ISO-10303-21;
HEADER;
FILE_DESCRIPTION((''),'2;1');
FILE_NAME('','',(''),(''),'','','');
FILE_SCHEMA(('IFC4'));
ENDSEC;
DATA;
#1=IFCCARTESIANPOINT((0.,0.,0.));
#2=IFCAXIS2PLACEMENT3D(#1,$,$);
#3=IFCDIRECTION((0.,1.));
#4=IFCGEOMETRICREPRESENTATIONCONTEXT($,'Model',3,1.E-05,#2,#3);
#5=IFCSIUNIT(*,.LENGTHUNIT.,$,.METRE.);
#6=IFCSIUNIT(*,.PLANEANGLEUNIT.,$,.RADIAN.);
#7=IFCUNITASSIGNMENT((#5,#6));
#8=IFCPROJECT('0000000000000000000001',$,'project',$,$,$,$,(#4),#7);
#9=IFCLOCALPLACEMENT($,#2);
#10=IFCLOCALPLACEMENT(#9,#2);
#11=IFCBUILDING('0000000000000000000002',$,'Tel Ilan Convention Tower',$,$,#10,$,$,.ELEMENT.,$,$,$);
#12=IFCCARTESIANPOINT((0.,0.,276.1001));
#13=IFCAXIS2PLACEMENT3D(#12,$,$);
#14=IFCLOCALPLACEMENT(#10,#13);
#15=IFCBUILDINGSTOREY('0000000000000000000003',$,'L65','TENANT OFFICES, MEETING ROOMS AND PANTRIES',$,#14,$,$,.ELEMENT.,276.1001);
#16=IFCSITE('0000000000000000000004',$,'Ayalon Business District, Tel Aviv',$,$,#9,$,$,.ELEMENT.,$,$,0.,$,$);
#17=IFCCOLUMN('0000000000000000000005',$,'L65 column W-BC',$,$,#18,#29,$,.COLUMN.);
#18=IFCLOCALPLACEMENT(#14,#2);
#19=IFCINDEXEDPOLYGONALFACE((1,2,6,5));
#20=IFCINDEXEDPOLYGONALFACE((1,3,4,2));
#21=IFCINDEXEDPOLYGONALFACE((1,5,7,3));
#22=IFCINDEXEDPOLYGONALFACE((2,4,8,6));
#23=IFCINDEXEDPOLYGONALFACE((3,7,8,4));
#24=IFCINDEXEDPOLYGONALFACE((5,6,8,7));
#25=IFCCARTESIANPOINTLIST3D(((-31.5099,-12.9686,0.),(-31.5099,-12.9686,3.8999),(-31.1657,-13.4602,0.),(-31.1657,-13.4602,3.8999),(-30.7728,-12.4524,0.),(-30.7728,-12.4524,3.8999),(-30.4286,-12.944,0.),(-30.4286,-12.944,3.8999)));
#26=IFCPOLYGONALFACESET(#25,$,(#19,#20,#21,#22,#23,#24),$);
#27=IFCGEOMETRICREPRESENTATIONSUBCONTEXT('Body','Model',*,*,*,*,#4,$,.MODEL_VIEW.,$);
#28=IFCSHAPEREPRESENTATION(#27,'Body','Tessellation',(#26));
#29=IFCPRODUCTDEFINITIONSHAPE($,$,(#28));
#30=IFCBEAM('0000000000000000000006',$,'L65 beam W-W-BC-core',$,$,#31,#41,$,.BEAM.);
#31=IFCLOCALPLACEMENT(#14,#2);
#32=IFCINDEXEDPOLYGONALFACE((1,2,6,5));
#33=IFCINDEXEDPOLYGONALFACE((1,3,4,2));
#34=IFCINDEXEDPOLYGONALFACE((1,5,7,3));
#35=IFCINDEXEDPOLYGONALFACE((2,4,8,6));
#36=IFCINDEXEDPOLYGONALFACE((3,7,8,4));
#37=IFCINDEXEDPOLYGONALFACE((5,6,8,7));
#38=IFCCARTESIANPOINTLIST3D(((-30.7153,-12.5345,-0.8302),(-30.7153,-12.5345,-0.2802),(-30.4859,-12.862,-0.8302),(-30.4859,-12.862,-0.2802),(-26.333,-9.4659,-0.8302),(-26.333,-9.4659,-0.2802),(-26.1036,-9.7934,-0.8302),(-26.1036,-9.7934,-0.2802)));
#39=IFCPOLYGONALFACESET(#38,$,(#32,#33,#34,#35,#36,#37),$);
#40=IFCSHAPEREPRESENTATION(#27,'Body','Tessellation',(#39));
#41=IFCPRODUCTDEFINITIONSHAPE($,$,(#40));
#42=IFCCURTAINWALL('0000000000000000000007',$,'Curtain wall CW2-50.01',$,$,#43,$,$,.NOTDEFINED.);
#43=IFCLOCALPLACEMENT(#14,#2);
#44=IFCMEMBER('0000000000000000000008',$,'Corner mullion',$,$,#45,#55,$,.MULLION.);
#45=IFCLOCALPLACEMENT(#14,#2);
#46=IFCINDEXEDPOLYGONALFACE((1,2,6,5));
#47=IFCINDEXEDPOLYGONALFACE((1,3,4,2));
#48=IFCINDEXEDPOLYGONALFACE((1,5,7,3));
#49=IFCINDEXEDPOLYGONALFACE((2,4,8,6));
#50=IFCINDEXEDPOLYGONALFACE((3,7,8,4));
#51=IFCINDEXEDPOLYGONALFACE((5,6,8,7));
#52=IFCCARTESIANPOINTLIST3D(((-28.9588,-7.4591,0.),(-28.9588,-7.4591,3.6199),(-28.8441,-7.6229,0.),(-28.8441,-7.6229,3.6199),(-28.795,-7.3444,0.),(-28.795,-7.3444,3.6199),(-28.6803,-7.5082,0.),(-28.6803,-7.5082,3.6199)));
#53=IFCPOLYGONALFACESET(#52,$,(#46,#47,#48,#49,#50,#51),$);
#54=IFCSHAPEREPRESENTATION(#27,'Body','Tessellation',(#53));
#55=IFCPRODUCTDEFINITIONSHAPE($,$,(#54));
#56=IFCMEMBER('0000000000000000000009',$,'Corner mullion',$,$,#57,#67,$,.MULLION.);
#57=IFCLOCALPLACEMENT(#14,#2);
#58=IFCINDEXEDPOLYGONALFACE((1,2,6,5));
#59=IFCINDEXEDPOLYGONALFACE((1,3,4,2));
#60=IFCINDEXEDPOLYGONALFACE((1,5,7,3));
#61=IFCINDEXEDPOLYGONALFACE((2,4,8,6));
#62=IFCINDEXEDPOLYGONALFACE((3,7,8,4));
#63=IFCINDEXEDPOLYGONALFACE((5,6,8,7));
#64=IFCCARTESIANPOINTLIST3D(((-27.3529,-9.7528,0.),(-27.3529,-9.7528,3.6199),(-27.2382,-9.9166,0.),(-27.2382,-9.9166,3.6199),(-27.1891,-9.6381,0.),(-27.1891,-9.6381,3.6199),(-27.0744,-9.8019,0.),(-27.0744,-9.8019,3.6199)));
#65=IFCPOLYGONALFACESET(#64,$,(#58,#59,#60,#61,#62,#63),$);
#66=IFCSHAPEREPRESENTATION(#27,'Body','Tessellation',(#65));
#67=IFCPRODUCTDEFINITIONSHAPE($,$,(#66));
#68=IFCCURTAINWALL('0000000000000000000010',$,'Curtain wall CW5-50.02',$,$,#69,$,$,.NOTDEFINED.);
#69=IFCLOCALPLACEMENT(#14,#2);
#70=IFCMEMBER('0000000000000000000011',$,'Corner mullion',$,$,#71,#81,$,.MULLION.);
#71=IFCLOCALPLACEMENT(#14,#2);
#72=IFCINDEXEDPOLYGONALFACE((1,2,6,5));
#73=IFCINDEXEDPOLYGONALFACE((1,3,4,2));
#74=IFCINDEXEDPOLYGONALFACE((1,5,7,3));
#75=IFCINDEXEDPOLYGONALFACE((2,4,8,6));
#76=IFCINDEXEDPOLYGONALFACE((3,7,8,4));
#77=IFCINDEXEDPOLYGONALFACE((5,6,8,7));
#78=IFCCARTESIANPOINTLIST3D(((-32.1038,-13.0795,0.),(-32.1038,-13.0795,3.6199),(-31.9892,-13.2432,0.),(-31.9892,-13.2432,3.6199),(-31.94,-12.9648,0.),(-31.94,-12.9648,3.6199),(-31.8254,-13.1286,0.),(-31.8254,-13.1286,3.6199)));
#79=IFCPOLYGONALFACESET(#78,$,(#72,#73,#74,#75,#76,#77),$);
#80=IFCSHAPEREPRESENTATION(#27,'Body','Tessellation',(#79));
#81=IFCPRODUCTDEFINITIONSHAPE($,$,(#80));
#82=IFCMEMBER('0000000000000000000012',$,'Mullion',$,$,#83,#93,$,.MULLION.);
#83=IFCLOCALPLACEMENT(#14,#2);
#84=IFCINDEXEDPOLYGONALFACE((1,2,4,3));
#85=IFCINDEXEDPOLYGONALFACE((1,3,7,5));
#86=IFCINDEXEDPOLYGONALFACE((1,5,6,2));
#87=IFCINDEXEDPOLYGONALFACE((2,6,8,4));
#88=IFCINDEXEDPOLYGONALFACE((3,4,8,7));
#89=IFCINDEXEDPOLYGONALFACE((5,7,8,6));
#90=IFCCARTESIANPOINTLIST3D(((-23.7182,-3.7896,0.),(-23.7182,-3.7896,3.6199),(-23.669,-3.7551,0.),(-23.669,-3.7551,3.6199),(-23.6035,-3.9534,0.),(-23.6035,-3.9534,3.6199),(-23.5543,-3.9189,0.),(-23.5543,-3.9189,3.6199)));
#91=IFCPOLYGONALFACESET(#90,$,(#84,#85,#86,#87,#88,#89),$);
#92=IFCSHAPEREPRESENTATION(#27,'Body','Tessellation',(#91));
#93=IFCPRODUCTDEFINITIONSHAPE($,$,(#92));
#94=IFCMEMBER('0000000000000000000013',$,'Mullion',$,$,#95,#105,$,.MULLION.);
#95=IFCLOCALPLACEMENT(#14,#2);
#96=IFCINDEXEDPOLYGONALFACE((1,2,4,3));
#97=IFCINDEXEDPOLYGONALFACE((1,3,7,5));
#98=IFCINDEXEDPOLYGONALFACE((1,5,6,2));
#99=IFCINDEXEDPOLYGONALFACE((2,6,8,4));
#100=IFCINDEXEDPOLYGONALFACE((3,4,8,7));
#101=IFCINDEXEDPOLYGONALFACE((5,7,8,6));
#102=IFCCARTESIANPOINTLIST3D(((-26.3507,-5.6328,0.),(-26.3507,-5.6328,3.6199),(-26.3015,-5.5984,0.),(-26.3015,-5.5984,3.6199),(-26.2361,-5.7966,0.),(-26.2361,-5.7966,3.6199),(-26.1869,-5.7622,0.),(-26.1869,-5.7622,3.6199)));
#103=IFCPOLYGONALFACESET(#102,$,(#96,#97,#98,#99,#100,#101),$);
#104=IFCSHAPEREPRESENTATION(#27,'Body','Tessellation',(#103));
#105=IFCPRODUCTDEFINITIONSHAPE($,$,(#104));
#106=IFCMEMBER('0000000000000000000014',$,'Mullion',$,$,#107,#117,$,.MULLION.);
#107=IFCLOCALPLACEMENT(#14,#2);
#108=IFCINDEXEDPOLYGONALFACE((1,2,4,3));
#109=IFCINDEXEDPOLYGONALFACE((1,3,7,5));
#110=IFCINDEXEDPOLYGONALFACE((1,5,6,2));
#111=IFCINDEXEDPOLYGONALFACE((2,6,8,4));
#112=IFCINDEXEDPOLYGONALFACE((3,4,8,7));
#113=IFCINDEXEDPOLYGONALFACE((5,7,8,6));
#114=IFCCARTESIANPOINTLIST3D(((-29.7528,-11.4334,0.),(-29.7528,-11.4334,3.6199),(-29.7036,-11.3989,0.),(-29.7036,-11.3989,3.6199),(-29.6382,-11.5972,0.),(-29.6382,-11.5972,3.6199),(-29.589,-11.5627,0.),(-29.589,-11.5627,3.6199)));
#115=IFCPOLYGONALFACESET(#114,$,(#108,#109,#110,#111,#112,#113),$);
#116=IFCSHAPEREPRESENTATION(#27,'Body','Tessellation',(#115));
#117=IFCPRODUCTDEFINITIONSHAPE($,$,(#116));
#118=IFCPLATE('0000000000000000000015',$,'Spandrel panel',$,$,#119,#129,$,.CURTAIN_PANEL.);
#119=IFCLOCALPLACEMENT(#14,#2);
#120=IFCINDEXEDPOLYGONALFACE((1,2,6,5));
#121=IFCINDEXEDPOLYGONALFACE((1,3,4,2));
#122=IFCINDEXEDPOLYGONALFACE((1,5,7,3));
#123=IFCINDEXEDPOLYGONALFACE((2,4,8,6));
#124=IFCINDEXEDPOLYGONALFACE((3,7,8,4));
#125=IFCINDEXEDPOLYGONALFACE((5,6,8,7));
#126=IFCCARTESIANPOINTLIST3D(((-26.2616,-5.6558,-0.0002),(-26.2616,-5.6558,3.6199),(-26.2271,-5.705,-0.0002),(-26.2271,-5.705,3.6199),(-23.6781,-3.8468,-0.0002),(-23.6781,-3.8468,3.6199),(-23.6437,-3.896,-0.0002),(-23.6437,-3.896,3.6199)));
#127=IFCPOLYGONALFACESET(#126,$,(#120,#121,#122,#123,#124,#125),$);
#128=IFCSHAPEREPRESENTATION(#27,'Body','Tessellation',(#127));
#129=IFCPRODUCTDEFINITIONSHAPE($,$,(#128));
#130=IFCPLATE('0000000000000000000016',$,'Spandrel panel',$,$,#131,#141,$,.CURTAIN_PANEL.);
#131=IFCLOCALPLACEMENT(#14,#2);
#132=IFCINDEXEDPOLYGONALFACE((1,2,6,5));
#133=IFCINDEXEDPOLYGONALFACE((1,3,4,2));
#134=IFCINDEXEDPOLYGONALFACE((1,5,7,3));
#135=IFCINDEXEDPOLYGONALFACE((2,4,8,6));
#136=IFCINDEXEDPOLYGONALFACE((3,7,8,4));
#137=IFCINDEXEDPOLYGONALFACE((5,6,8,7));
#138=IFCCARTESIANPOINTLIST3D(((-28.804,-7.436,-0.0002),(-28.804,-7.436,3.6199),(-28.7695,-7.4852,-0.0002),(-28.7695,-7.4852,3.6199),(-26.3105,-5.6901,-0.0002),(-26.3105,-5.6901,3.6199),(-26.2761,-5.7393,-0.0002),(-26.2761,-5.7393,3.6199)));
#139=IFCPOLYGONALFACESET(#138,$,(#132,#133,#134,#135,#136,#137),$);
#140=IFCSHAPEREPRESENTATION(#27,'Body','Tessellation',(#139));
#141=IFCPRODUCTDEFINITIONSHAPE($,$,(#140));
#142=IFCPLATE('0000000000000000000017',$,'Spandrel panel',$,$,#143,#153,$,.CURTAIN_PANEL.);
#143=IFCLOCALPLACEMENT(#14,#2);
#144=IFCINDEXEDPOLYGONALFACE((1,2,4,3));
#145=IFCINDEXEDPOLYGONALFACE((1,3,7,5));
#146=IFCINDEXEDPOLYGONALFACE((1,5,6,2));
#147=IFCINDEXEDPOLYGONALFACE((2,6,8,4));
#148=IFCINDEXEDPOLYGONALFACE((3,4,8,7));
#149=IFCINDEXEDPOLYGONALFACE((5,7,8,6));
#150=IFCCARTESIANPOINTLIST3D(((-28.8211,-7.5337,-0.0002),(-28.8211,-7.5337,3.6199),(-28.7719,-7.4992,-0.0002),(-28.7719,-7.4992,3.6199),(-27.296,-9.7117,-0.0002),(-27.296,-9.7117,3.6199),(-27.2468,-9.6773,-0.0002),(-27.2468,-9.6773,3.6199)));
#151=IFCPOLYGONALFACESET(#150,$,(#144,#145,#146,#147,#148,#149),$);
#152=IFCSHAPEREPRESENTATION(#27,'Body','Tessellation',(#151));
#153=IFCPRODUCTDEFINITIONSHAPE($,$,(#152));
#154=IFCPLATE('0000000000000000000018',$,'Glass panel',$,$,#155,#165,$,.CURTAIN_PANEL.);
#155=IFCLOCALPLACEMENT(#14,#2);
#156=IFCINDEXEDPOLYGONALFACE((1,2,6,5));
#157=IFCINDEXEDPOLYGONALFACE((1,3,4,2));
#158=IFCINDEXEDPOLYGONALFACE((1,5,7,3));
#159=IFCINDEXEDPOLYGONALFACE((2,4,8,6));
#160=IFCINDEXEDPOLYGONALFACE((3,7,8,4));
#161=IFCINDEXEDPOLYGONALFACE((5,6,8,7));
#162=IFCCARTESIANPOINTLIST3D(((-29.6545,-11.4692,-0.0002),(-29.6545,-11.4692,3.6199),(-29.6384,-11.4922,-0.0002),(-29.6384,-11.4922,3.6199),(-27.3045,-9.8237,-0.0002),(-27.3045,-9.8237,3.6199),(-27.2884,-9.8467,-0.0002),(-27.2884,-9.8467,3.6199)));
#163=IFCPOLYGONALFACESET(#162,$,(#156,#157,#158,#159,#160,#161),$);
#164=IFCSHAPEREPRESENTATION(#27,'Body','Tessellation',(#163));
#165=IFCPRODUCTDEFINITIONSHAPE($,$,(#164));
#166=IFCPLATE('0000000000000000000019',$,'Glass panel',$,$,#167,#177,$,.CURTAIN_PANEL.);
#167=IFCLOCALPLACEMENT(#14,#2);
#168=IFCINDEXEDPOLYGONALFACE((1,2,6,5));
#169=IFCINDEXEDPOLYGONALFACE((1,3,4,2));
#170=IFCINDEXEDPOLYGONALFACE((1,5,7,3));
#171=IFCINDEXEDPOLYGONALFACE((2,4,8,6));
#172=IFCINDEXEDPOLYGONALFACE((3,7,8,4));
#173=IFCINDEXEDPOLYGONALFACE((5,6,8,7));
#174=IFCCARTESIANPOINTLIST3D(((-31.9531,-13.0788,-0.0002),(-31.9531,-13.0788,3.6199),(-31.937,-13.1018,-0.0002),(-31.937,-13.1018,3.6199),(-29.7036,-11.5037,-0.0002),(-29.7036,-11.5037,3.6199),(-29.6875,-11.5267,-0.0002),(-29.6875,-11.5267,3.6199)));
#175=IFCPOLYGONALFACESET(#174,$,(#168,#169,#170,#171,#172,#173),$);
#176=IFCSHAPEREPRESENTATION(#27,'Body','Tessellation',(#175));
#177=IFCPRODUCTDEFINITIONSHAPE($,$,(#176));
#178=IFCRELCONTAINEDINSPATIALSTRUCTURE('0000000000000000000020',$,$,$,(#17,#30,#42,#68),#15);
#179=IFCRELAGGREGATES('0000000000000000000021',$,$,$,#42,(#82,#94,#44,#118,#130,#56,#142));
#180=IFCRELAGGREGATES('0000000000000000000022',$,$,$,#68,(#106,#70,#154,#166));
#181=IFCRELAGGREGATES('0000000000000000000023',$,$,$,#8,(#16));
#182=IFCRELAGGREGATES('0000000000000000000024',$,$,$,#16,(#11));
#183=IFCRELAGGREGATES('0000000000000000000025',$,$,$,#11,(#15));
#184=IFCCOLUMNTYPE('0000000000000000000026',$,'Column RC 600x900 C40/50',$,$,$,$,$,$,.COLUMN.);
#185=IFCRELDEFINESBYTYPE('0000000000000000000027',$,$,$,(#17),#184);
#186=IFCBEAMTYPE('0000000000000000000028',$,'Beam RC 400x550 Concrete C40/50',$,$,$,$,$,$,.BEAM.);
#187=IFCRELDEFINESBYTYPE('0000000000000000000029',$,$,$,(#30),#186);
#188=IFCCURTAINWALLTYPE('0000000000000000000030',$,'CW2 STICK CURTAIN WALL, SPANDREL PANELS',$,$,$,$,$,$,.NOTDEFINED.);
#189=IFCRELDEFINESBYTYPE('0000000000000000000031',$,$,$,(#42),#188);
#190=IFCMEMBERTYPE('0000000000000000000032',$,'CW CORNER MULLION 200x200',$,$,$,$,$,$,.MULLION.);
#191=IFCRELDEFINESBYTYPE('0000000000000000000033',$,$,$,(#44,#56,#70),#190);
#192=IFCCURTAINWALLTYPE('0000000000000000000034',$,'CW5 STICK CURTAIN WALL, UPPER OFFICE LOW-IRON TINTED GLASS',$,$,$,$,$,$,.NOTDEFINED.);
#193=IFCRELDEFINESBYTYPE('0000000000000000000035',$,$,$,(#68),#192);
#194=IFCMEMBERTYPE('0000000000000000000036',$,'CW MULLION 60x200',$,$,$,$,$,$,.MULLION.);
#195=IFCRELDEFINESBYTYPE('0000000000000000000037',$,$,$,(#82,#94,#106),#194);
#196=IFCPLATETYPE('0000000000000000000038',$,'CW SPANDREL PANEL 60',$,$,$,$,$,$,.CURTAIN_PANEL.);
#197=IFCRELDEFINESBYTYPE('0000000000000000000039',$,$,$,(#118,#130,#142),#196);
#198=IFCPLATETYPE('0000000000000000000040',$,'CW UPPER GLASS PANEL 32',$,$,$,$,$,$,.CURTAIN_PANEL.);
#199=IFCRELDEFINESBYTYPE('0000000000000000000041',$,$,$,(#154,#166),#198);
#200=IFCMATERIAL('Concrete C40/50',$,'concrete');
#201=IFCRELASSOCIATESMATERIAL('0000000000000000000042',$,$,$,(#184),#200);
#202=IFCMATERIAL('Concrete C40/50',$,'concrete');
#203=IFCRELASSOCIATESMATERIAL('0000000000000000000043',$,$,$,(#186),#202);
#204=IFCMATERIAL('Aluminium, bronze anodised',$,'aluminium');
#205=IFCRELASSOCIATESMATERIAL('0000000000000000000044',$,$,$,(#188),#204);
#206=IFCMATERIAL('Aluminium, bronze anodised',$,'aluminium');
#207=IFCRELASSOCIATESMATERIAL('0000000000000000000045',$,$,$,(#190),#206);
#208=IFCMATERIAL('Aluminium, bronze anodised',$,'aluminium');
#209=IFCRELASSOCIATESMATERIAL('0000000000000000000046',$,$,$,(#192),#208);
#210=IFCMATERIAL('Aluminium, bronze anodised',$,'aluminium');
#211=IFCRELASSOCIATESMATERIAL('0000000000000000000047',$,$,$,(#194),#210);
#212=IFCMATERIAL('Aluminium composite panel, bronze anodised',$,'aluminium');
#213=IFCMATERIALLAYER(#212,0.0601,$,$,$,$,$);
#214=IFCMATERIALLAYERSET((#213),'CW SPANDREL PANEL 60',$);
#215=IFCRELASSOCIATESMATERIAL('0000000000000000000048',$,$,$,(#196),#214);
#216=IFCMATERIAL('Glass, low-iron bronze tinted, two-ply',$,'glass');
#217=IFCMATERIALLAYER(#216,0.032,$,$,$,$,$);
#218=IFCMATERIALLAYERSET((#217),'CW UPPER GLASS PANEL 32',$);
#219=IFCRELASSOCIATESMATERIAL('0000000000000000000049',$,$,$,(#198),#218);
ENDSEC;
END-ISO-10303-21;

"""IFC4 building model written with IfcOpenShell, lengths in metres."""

from ifc_helpers import new_model, si_unit, direction, frame, origin, origin_2d, place, context, subcontext, project, spatial, rectangle, extrude, material, layer, layer_set, material_profile, profile_set, type_object, element, aggregate, save


model = new_model("IFC4")

# Units and contexts
model_context = context("Model", 3, precision=1e-05, world=origin(), true_north=direction((0.0, 1.0)))
body_context = subcontext(model_context, "Body", "Model", "MODEL_VIEW")
ifc_project = project(units=[si_unit("LENGTHUNIT", "METRE"), si_unit("PLANEANGLEUNIT", "RADIAN")], contexts=[model_context])

# Site, building, storey
site_placement = place(None, origin())
site = spatial("IfcSite", under=ifc_project, at=site_placement, Name="Ayalon Business District, Tel Aviv", CompositionType="ELEMENT", RefElevation=0.0)
building_placement = place(site_placement, origin())
building = spatial("IfcBuilding", under=site, at=building_placement, Name="Tel Ilan Convention Tower", CompositionType="ELEMENT")
storey_placement = place(building_placement, frame((0.0, 0.0, 276.1001)))
storey = spatial("IfcBuildingStorey", under=building, at=storey_placement, Name="L65", Description="TENANT OFFICES, MEETING ROOMS AND PANTRIES", CompositionType="ELEMENT", Elevation=276.1001)

# Column
ifc_material_1 = material(Name="Concrete C40/50", Category="concrete")
ifc_material_profile_1 = material_profile(ifc_material_1, rectangle(XDim=0.8999, YDim=0.6001, at=origin_2d()), Name="RC 600x900")
ifc_profile_set_1 = profile_set([ifc_material_profile_1], Name="Concrete C40/50")
column_type = type_object("IfcColumnType", Name="Column RC 600x900 C40/50", PredefinedType="COLUMN", material=ifc_profile_set_1)
column_placement = place(storey_placement, frame((-30.9692, -12.9563, 0.0), z_axis=(0.0, 0.0, 1.0), x_axis=(-0.819152, -0.573576, 0.0)))
element("IfcColumn", 1, at=column_placement, inside=storey, type_object=column_type, Name="L65 column W-BC", PredefinedType="COLUMN", context=body_context, shape_type="SweptSolid", body=[
    extrude(rectangle(XDim=0.8999, YDim=0.6001, at=origin_2d()), origin(), (0.0, 0.0, 1.0), 3.8999),
])

# Beam
ifc_material_2 = material(Name="Concrete C40/50", Category="concrete")
ifc_material_profile_2 = material_profile(ifc_material_2, rectangle(XDim=0.3999, YDim=0.55, at=origin_2d()), Name="RC 400x550")
ifc_profile_set_2 = profile_set([ifc_material_profile_2], Name="Concrete C40/50")
beam_type = type_object("IfcBeamType", Name="Beam RC 400x550 Concrete C40/50", PredefinedType="BEAM", material=ifc_profile_set_2)
beam_placement = place(storey_placement, frame((-30.6006, -12.6982, -0.5552), z_axis=(0.819146, 0.573585, 0.0), x_axis=(-0.573585, 0.819146, 0.0)))
element("IfcBeam", 2, at=beam_placement, inside=storey, type_object=beam_type, Name="L65 beam W-W-BC-core", PredefinedType="BEAM", context=body_context, shape_type="SweptSolid", body=[
    extrude(rectangle(XDim=0.3999, YDim=0.55, at=origin_2d()), origin(), (0.0, 0.0, 1.0), 5.3499),
])

# Curtain wall, members
ifc_material_3 = material(Name="Aluminium, bronze anodised", Category="aluminium")
curtain_wall_type_1 = type_object("IfcCurtainWallType", Name="CW2 STICK CURTAIN WALL, SPANDREL PANELS", PredefinedType="NOTDEFINED", material=ifc_material_3)
curtain_wall_1_placement = place(storey_placement, origin())
curtain_wall_1 = element("IfcCurtainWall", 3, at=curtain_wall_1_placement, inside=storey, type_object=curtain_wall_type_1, Name="Curtain wall CW2-50.01", PredefinedType="NOTDEFINED")
ifc_material_4 = material(Name="Aluminium, bronze anodised", Category="aluminium")
ifc_material_profile_3 = material_profile(ifc_material_4, rectangle(XDim=0.2, YDim=0.2, at=origin_2d()), Name="CW CORNER MULLION 200x200")
ifc_profile_set_3 = profile_set([ifc_material_profile_3], Name="Aluminium, bronze anodised")
member_type_1 = type_object("IfcMemberType", Name="CW CORNER MULLION 200x200", PredefinedType="MULLION", material=ifc_profile_set_3)
member_1_placement = place(storey_placement, frame((-28.8196, -7.4836, 0.0), z_axis=(0.0, 0.0, 1.0), x_axis=(-0.819152, -0.573576, 0.0)))
member_1 = element("IfcMember", 4, at=member_1_placement, type_object=member_type_1, Name="Corner mullion", PredefinedType="MULLION", context=body_context, shape_type="SweptSolid", body=[
    extrude(rectangle(XDim=0.2, YDim=0.2, at=origin_2d()), origin(), (0.0, 0.0, 1.0), 3.6199),
])
member_2_placement = place(storey_placement, frame((-27.2136, -9.7773, 0.0), z_axis=(0.0, 0.0, 1.0), x_axis=(0.573576, -0.819152, 0.0)))
member_2 = element("IfcMember", 5, at=member_2_placement, type_object=member_type_1, Name="Corner mullion", PredefinedType="MULLION", context=body_context, shape_type="SweptSolid", body=[
    extrude(rectangle(XDim=0.2, YDim=0.2, at=origin_2d()), origin(), (0.0, 0.0, 1.0), 3.6199),
])

# Curtain wall, member
ifc_material_5 = material(Name="Aluminium, bronze anodised", Category="aluminium")
curtain_wall_type_2 = type_object("IfcCurtainWallType", Name="CW5 STICK CURTAIN WALL, UPPER OFFICE LOW-IRON TINTED GLASS", PredefinedType="NOTDEFINED", material=ifc_material_5)
curtain_wall_2_placement = place(storey_placement, origin())
curtain_wall_2 = element("IfcCurtainWall", 6, at=curtain_wall_2_placement, inside=storey, type_object=curtain_wall_type_2, Name="Curtain wall CW5-50.02", PredefinedType="NOTDEFINED")
member_3_placement = place(storey_placement, frame((-31.9646, -13.104, 0.0), z_axis=(0.0, 0.0, 1.0), x_axis=(-0.819152, -0.573576, 0.0)))
member_3 = element("IfcMember", 7, at=member_3_placement, type_object=member_type_1, Name="Corner mullion", PredefinedType="MULLION", context=body_context, shape_type="SweptSolid", body=[
    extrude(rectangle(XDim=0.2, YDim=0.2, at=origin_2d()), origin(), (0.0, 0.0, 1.0), 3.6199),
])

# Members
ifc_material_6 = material(Name="Aluminium, bronze anodised", Category="aluminium")
ifc_material_profile_4 = material_profile(ifc_material_6, rectangle(XDim=0.0601, YDim=0.2, at=origin_2d()), Name="CW MULLION 60x200")
ifc_profile_set_4 = profile_set([ifc_material_profile_4], Name="Aluminium, bronze anodised")
member_type_2 = type_object("IfcMemberType", Name="CW MULLION 60x200", PredefinedType="MULLION", material=ifc_profile_set_4)
member_4_placement = place(storey_placement, frame((-23.6362, -3.8542, 0.0), z_axis=(0.0, 0.0, 1.0), x_axis=(-0.819152, -0.573576, 0.0)))
member_4 = element("IfcMember", 8, at=member_4_placement, type_object=member_type_2, Name="Mullion", PredefinedType="MULLION", context=body_context, shape_type="SweptSolid", body=[
    extrude(rectangle(XDim=0.0601, YDim=0.2, at=origin_2d()), origin(), (0.0, 0.0, 1.0), 3.6199),
])
member_5_placement = place(storey_placement, frame((-26.2688, -5.6975, 0.0), z_axis=(0.0, 0.0, 1.0), x_axis=(-0.819152, -0.573576, 0.0)))
member_5 = element("IfcMember", 9, at=member_5_placement, type_object=member_type_2, Name="Mullion", PredefinedType="MULLION", context=body_context, shape_type="SweptSolid", body=[
    extrude(rectangle(XDim=0.0601, YDim=0.2, at=origin_2d()), origin(), (0.0, 0.0, 1.0), 3.6199),
])
member_6_placement = place(storey_placement, frame((-29.6709, -11.498, 0.0), z_axis=(0.0, 0.0, 1.0), x_axis=(-0.819152, -0.573576, 0.0)))
member_6 = element("IfcMember", 10, at=member_6_placement, type_object=member_type_2, Name="Mullion", PredefinedType="MULLION", context=body_context, shape_type="SweptSolid", body=[
    extrude(rectangle(XDim=0.0601, YDim=0.2, at=origin_2d()), origin(), (0.0, 0.0, 1.0), 3.6199),
])

# Plates
ifc_material_7 = material(Name="Aluminium composite panel, bronze anodised", Category="aluminium")
ifc_layer_1 = layer(ifc_material_7, 0.0601)
ifc_layer_set_1 = layer_set([ifc_layer_1], Name="CW SPANDREL PANEL 60")
plate_type_1 = type_object("IfcPlateType", Name="CW SPANDREL PANEL 60", PredefinedType="CURTAIN_PANEL", material=ifc_layer_set_1)
plate_1_placement = place(storey_placement, frame((-24.9526, -4.7759, -0.0002), z_axis=(0.0, 0.0, 1.0), x_axis=(-0.819152, -0.573576, 0.0)))
plate_1 = element("IfcPlate", 11, at=plate_1_placement, type_object=plate_type_1, Name="Spandrel panel", PredefinedType="CURTAIN_PANEL", context=body_context, shape_type="SweptSolid", body=[
    extrude(rectangle(XDim=3.1538, YDim=0.0601, at=origin_2d()), origin(), (0.0, 0.0, 1.0), 3.6201),
])
plate_2_placement = place(storey_placement, frame((-27.54, -6.5876, -0.0002), z_axis=(0.0, 0.0, 1.0), x_axis=(-0.819152, -0.573576, 0.0)))
plate_2 = element("IfcPlate", 12, at=plate_2_placement, type_object=plate_type_1, Name="Spandrel panel", PredefinedType="CURTAIN_PANEL", context=body_context, shape_type="SweptSolid", body=[
    extrude(rectangle(XDim=3.0439, YDim=0.0601, at=origin_2d()), origin(), (0.0, 0.0, 1.0), 3.6201),
])
plate_3_placement = place(storey_placement, frame((-28.0339, -8.6055, -0.0002), z_axis=(0.0, 0.0, 1.0), x_axis=(0.573576, -0.819152, 0.0)))
plate_3 = element("IfcPlate", 13, at=plate_3_placement, type_object=plate_type_1, Name="Spandrel panel", PredefinedType="CURTAIN_PANEL", context=body_context, shape_type="SweptSolid", body=[
    extrude(rectangle(XDim=2.6589, YDim=0.0601, at=origin_2d()), origin(), (0.0, 0.0, 1.0), 3.6201),
])
aggregate(curtain_wall_1, [member_4, member_5, member_1, plate_1, plate_2, member_2, plate_3])
ifc_material_8 = material(Name="Glass, low-iron bronze tinted, two-ply", Category="glass")
ifc_layer_2 = layer(ifc_material_8, 0.032)
ifc_layer_set_2 = layer_set([ifc_layer_2], Name="CW UPPER GLASS PANEL 32")
plate_type_2 = type_object("IfcPlateType", Name="CW UPPER GLASS PANEL 32", PredefinedType="CURTAIN_PANEL", material=ifc_layer_set_2)
plate_4_placement = place(storey_placement, frame((-28.4714, -10.658, -0.0002), z_axis=(0.0, 0.0, 1.0), x_axis=(-0.819152, -0.573576, 0.0)))
plate_4 = element("IfcPlate", 14, at=plate_4_placement, type_object=plate_type_2, Name="Glass panel", PredefinedType="CURTAIN_PANEL", context=body_context, shape_type="SweptSolid", body=[
    extrude(rectangle(XDim=2.8689, YDim=0.0281, at=origin_2d()), origin(), (0.0, 0.0, 1.0), 3.6201),
])
plate_5_placement = place(storey_placement, frame((-30.8203, -12.3027, -0.0002), z_axis=(0.0, 0.0, 1.0), x_axis=(-0.819152, -0.573576, 0.0)))
plate_5 = element("IfcPlate", 15, at=plate_5_placement, type_object=plate_type_2, Name="Glass panel", PredefinedType="CURTAIN_PANEL", context=body_context, shape_type="SweptSolid", body=[
    extrude(rectangle(XDim=2.7461, YDim=0.0281, at=origin_2d()), origin(), (0.0, 0.0, 1.0), 3.6201),
])
aggregate(curtain_wall_2, [member_6, member_3, plate_4, plate_5])

save(model, "model.ifc")
